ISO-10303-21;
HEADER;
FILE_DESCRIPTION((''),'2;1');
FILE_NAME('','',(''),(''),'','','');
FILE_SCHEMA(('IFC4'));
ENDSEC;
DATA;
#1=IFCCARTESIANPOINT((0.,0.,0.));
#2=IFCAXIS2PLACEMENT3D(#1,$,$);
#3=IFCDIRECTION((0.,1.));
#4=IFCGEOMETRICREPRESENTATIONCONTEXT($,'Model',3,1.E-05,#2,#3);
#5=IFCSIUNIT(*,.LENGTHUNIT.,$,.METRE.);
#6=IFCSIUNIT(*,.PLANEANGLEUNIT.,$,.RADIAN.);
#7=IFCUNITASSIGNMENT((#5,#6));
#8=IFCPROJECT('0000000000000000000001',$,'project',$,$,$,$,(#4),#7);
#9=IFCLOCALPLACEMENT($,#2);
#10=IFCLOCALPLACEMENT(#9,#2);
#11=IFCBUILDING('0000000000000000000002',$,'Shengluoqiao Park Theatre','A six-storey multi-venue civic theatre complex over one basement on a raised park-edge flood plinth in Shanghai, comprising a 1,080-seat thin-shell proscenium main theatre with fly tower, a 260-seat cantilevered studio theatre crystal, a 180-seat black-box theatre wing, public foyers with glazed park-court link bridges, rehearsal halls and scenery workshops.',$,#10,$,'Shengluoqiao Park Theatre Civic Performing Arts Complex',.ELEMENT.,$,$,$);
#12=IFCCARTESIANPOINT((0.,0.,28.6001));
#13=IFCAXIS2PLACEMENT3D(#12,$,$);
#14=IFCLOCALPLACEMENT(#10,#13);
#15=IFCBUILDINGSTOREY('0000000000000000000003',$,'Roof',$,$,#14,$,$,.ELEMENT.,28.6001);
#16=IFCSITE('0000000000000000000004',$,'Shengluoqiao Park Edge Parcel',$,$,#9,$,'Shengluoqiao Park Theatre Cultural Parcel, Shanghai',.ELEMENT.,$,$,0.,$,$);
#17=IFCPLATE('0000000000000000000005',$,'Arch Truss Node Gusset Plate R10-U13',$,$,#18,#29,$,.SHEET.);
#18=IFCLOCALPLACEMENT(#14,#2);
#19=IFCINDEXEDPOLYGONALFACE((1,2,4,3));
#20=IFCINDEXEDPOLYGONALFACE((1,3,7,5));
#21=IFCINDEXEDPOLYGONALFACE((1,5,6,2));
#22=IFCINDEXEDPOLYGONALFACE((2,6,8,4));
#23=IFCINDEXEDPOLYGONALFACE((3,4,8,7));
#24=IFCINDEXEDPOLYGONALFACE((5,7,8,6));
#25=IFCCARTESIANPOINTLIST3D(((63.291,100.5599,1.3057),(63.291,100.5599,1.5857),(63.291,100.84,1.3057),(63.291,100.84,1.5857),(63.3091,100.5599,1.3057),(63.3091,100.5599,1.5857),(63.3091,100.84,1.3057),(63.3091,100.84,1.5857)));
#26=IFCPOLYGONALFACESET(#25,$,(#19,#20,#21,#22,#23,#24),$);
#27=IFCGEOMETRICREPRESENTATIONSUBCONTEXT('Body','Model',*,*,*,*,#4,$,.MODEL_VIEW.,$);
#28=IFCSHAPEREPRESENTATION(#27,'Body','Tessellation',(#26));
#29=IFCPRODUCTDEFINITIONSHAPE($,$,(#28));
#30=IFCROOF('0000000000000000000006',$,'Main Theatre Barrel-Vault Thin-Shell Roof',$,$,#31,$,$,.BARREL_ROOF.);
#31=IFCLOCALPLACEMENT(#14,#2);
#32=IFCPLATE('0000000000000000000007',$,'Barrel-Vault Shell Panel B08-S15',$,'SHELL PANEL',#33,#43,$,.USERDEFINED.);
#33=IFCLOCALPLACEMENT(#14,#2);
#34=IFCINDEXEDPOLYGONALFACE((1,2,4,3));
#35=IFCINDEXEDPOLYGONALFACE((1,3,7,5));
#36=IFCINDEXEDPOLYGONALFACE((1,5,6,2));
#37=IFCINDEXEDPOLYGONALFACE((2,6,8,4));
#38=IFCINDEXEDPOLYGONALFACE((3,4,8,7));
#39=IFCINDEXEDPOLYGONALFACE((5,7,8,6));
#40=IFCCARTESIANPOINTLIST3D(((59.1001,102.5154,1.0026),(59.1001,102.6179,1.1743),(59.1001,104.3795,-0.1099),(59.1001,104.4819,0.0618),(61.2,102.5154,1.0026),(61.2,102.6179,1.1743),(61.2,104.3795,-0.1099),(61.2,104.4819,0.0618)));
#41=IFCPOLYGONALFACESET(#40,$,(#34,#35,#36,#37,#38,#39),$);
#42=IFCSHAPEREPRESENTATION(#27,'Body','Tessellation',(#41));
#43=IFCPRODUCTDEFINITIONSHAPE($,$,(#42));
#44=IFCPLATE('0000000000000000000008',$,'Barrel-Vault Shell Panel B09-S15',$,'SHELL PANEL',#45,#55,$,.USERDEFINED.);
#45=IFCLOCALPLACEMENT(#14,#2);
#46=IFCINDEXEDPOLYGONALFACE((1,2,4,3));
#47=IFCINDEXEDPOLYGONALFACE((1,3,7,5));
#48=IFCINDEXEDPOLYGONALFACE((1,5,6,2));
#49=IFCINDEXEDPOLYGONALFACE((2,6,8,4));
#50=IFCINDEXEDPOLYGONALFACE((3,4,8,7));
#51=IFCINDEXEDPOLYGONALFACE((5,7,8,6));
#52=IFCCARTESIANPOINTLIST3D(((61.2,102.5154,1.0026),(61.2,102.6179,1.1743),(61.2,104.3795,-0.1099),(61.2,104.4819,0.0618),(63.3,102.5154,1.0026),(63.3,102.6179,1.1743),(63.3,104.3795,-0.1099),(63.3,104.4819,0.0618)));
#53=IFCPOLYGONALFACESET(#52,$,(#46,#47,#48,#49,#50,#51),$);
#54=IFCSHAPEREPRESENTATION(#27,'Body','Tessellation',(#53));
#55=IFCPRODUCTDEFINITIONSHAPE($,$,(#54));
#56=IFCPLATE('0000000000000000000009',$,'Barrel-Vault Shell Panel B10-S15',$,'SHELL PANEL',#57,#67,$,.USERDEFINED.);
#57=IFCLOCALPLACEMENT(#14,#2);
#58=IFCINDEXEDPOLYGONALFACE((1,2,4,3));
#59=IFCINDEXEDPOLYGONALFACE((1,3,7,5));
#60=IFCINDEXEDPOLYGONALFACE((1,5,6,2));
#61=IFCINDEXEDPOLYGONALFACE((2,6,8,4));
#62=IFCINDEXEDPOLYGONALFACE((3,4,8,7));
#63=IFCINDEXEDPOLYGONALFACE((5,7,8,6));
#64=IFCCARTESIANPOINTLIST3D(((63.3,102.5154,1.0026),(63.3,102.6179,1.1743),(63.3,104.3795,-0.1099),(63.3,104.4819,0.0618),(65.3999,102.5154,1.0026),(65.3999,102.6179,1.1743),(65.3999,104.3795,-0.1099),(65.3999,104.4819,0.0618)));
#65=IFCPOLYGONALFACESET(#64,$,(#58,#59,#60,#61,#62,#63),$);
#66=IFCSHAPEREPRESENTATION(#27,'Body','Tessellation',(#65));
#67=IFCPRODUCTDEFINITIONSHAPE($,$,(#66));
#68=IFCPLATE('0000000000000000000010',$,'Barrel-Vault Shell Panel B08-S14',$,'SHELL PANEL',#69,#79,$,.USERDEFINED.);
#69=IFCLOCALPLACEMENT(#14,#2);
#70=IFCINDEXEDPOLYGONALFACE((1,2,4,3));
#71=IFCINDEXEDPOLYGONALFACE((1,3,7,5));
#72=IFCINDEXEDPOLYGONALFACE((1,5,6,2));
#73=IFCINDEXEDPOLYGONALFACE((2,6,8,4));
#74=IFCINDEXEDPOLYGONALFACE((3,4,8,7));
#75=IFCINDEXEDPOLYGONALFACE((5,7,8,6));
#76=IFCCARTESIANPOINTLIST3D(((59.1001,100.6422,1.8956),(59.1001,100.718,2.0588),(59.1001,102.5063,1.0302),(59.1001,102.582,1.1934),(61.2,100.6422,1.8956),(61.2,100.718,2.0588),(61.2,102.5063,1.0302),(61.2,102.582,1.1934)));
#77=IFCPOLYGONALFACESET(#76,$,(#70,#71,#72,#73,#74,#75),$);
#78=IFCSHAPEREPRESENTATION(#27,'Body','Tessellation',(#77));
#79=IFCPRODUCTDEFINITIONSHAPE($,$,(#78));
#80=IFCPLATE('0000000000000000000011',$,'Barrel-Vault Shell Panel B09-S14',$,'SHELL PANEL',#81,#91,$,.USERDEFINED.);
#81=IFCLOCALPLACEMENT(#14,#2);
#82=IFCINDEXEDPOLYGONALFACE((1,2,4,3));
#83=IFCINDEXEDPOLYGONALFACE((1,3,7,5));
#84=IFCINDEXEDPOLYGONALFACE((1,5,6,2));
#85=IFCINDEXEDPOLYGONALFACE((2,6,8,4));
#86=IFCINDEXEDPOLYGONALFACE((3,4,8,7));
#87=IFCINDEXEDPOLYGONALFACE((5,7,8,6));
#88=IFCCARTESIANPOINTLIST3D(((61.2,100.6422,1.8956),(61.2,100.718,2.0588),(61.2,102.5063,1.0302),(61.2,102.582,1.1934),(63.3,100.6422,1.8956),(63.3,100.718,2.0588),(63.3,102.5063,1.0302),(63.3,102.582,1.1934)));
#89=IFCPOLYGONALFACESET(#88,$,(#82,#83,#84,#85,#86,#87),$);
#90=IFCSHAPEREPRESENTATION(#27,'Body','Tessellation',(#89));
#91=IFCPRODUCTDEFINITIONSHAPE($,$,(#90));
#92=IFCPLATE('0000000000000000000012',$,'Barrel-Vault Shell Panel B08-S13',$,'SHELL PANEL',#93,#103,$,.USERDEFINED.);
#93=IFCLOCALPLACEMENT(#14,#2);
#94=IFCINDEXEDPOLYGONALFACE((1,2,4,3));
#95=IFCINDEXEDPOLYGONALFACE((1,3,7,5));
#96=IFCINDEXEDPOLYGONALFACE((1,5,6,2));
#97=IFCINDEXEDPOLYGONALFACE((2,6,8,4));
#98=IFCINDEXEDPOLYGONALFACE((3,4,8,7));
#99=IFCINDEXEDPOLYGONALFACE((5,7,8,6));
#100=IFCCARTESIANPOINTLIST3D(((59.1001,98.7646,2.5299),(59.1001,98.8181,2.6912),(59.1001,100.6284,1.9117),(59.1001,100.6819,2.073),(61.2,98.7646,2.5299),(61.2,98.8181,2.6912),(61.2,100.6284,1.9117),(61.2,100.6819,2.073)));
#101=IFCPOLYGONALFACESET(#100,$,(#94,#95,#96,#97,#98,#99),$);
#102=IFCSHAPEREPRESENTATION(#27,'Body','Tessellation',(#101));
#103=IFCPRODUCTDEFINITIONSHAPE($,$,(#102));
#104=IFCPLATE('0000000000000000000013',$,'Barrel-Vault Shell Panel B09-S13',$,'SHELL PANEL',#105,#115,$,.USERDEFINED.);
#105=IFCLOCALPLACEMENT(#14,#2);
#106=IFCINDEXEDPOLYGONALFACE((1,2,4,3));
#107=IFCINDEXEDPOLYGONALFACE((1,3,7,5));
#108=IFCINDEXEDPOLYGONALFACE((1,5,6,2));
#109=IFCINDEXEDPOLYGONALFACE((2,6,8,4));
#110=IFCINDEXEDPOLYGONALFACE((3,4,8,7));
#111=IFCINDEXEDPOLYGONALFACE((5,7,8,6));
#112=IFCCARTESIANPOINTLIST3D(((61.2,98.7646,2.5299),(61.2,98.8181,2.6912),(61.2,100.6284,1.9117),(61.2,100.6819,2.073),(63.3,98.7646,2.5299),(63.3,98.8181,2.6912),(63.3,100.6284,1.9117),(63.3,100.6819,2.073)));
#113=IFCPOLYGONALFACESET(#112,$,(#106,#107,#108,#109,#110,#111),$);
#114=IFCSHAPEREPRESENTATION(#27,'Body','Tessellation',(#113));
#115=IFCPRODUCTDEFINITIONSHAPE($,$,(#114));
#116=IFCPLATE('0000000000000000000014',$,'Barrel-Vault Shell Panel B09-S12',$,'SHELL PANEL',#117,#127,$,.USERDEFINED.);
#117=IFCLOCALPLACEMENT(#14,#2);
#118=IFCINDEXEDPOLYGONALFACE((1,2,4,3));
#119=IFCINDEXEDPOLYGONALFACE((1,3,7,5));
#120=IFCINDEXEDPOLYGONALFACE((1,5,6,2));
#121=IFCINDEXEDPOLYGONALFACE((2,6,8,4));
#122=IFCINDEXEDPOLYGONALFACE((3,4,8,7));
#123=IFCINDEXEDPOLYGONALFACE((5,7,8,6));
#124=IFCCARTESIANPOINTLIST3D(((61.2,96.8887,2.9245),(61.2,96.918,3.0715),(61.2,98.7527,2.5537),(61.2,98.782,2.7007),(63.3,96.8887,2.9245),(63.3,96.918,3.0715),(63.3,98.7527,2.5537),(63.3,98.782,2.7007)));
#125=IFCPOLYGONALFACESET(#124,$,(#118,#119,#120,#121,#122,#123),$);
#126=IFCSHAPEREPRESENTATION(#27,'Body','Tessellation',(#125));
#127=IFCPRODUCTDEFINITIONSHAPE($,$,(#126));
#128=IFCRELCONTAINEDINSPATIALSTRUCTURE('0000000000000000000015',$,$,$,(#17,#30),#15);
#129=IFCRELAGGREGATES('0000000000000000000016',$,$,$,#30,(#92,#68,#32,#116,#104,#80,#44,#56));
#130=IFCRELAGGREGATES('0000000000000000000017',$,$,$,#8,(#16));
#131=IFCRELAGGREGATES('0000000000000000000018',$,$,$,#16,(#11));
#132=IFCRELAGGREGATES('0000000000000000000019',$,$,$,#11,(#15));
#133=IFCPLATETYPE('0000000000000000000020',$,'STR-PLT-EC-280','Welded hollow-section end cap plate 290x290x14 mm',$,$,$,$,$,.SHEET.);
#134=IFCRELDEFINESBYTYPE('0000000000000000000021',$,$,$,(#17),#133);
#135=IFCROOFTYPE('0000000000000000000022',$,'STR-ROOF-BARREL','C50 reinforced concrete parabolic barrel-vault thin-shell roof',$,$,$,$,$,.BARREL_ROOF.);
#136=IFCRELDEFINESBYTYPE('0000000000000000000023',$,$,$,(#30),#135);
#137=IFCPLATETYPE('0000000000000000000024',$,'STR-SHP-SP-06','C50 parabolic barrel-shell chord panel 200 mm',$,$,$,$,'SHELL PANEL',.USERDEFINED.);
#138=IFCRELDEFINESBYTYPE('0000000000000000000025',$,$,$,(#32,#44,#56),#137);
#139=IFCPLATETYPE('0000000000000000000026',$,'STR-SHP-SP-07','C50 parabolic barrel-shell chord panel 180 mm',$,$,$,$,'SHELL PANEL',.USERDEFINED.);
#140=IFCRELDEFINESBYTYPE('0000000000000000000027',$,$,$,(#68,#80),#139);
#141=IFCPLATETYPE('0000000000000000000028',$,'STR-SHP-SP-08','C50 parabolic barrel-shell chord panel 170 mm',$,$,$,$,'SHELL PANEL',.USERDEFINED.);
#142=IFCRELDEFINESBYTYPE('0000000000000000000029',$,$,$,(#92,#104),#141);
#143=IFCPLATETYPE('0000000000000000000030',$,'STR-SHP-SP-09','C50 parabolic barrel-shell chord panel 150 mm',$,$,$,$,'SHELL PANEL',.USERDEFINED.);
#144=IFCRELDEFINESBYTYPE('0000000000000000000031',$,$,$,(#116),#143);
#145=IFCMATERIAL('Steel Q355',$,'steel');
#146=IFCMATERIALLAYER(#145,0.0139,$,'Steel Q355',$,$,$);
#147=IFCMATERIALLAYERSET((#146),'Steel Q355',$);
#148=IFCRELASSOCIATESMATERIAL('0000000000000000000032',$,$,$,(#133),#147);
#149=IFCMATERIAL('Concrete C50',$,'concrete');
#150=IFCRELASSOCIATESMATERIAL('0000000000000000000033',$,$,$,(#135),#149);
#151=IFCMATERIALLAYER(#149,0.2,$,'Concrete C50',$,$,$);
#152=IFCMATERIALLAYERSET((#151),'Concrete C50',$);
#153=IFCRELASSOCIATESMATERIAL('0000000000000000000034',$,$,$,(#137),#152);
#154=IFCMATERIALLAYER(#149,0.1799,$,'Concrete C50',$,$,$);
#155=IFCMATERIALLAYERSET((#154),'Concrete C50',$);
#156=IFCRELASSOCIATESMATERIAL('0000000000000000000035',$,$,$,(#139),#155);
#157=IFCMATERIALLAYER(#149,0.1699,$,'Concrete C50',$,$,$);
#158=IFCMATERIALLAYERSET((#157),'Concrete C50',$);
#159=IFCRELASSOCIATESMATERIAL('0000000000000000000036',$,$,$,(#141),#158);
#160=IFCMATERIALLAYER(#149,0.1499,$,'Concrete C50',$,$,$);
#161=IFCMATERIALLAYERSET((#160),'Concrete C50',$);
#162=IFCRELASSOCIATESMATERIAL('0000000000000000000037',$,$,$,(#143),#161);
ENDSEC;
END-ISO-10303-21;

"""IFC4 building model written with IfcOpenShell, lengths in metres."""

from ifc_helpers import new_model, si_unit, direction, frame, origin, origin_2d, place, context, subcontext, project, spatial, polyline, rectangle, outline, extrude, material, layer, layer_set, type_object, element, aggregate, save


model = new_model("IFC4")

# Units and contexts
model_context = context("Model", 3, precision=1e-05, world=origin(), true_north=direction((0.0, 1.0)))
body_context = subcontext(model_context, "Body", "Model", "MODEL_VIEW")
ifc_project = project(units=[si_unit("LENGTHUNIT", "METRE"), si_unit("PLANEANGLEUNIT", "RADIAN")], contexts=[model_context])

# Site, building, storey
site_placement = place(None, origin())
site = spatial("IfcSite", under=ifc_project, at=site_placement, Name="Shengluoqiao Park Edge Parcel", LongName="Shengluoqiao Park Theatre Cultural Parcel, Shanghai", CompositionType="ELEMENT", RefElevation=0.0)
building_placement = place(site_placement, origin())
building = spatial("IfcBuilding", under=site, at=building_placement, Name="Shengluoqiao Park Theatre", Description="A six-storey multi-venue civic theatre complex over one basement on a raised park-edge flood plinth in Shanghai, comprising a 1,080-seat thin-shell proscenium main theatre with fly tower, a 260-seat cantilevered studio theatre crystal, a 180-seat black-box theatre wing, public foyers with glazed park-court link bridges, rehearsal halls and scenery workshops.", LongName="Shengluoqiao Park Theatre Civic Performing Arts Complex", CompositionType="ELEMENT")
storey_placement = place(building_placement, frame((0.0, 0.0, 28.6001)))
storey = spatial("IfcBuildingStorey", under=building, at=storey_placement, Name="Roof", CompositionType="ELEMENT", Elevation=28.6001)

# Shared definitions
ifc_material_1 = material(Name="Concrete C50", Category="concrete")

# Shared definitions
ifc_material_2 = material(Name="Steel Q355", Category="steel")

# Plate
ifc_layer_1 = layer(ifc_material_2, 0.0139, Name="Steel Q355")
ifc_layer_set_1 = layer_set([ifc_layer_1], Name="Steel Q355")
plate_type_1 = type_object("IfcPlateType", Name="STR-PLT-EC-280", Description="Welded hollow-section end cap plate 290x290x14 mm", PredefinedType="SHEET", material=ifc_layer_set_1)
for number, where, z_axis, x_axis, name in (
    (1, (63.3, 100.7, 1.3057), (0.0, 0.0, 1.0), (1.0, 0.0, 0.0), "Arch Truss Node Gusset Plate R10-U13"),
):
    element("IfcPlate", number, at=place(storey_placement, frame(where, z_axis=z_axis, x_axis=x_axis)), inside=storey, type_object=plate_type_1, Name=name, PredefinedType="SHEET", context=body_context, shape_type="SweptSolid", body=[
        extrude(rectangle(XDim=0.0181, YDim=0.28, at=origin_2d()), origin(), (0.0, 0.0, 1.0), 0.28),
    ])

# Roof, plates
roof_type = type_object("IfcRoofType", Name="STR-ROOF-BARREL", Description="C50 reinforced concrete parabolic barrel-vault thin-shell roof", PredefinedType="BARREL_ROOF", material=ifc_material_1)
roof_placement = place(storey_placement, origin())
roof = element("IfcRoof", 2, at=roof_placement, inside=storey, type_object=roof_type, Name="Main Theatre Barrel-Vault Thin-Shell Roof", PredefinedType="BARREL_ROOF")
ifc_layer_2 = layer(ifc_material_1, 0.2, Name="Concrete C50")
ifc_layer_set_2 = layer_set([ifc_layer_2], Name="Concrete C50")
plate_type_2 = type_object("IfcPlateType", Name="STR-SHP-SP-06", Description="C50 parabolic barrel-shell chord panel 200 mm", ElementType="SHELL PANEL", PredefinedType="USERDEFINED", material=ifc_layer_set_2)
plate_1_placement = place(storey_placement, frame((59.1001, 102.6179, 1.1743), z_axis=(0.0, 0.51251, 0.858681), x_axis=(1.0, 0.0, 0.0)))
plate_1 = element("IfcPlate", 3, at=plate_1_placement, type_object=plate_type_2, Name="Barrel-Vault Shell Panel B08-S15", ObjectType="SHELL PANEL", PredefinedType="USERDEFINED", context=body_context, shape_type="SweptSolid", body=[
    extrude(outline(polyline([(0.0, 0.0), (2.0999, 0.0), (2.0999, 2.1708), (0.0, 2.1708), (0.0, 0.0)])), origin(), (0.0, 0.0, -1.0), 0.2),
])
plate_2_placement = place(storey_placement, frame((61.2, 102.6179, 1.1743), z_axis=(0.0, 0.51251, 0.858681), x_axis=(1.0, 0.0, 0.0)))
plate_2 = element("IfcPlate", 4, at=plate_2_placement, type_object=plate_type_2, Name="Barrel-Vault Shell Panel B09-S15", ObjectType="SHELL PANEL", PredefinedType="USERDEFINED", context=body_context, shape_type="SweptSolid", body=[
    extrude(outline(polyline([(0.0, 0.0), (2.1001, 0.0), (2.1001, 2.1708), (0.0, 2.1708), (0.0, 0.0)])), origin(), (0.0, 0.0, -1.0), 0.2),
])
plate_3_placement = place(storey_placement, frame((63.3, 102.6179, 1.1743), z_axis=(0.0, 0.51251, 0.858681), x_axis=(1.0, 0.0, 0.0)))
plate_3 = element("IfcPlate", 5, at=plate_3_placement, type_object=plate_type_2, Name="Barrel-Vault Shell Panel B10-S15", ObjectType="SHELL PANEL", PredefinedType="USERDEFINED", context=body_context, shape_type="SweptSolid", body=[
    extrude(outline(polyline([(0.0, 0.0), (2.0999, 0.0), (2.0999, 2.1708), (0.0, 2.1708), (0.0, 0.0)])), origin(), (0.0, 0.0, -1.0), 0.2),
])
ifc_layer_3 = layer(ifc_material_1, 0.1799, Name="Concrete C50")
ifc_layer_set_3 = layer_set([ifc_layer_3], Name="Concrete C50")
plate_type_3 = type_object("IfcPlateType", Name="STR-SHP-SP-07", Description="C50 parabolic barrel-shell chord panel 180 mm", ElementType="SHELL PANEL", PredefinedType="USERDEFINED", material=ifc_layer_set_3)
plate_4_placement = place(storey_placement, frame((59.1001, 100.718, 2.0588), z_axis=(0.0, 0.421129, 0.907001), x_axis=(1.0, 0.0, 0.0)))
plate_4 = element("IfcPlate", 6, at=plate_4_placement, type_object=plate_type_3, Name="Barrel-Vault Shell Panel B08-S14", ObjectType="SHELL PANEL", PredefinedType="USERDEFINED", context=body_context, shape_type="SweptSolid", body=[
    extrude(outline(polyline([(0.0, 0.0), (2.0999, 0.0), (2.0999, 2.0551), (0.0, 2.0551), (0.0, 0.0)])), origin(), (0.0, 0.0, -1.0), 0.1799),
])
plate_5_placement = place(storey_placement, frame((61.2, 100.718, 2.0588), z_axis=(0.0, 0.421129, 0.907001), x_axis=(1.0, 0.0, 0.0)))
plate_5 = element("IfcPlate", 7, at=plate_5_placement, type_object=plate_type_3, Name="Barrel-Vault Shell Panel B09-S14", ObjectType="SHELL PANEL", PredefinedType="USERDEFINED", context=body_context, shape_type="SweptSolid", body=[
    extrude(outline(polyline([(0.0, 0.0), (2.1001, 0.0), (2.1001, 2.0551), (0.0, 2.0551), (0.0, 0.0)])), origin(), (0.0, 0.0, -1.0), 0.1799),
])
ifc_layer_4 = layer(ifc_material_1, 0.1699, Name="Concrete C50")
ifc_layer_set_4 = layer_set([ifc_layer_4], Name="Concrete C50")
plate_type_4 = type_object("IfcPlateType", Name="STR-SHP-SP-08", Description="C50 parabolic barrel-shell chord panel 170 mm", ElementType="SHELL PANEL", PredefinedType="USERDEFINED", material=ifc_layer_set_4)
plate_6_placement = place(storey_placement, frame((59.1001, 98.8181, 2.6912), z_axis=(0.0, 0.31481, 0.949155), x_axis=(1.0, 0.0, 0.0)))
plate_6 = element("IfcPlate", 8, at=plate_6_placement, type_object=plate_type_4, Name="Barrel-Vault Shell Panel B08-S13", ObjectType="SHELL PANEL", PredefinedType="USERDEFINED", context=body_context, shape_type="SweptSolid", body=[
    extrude(outline(polyline([(0.0, 0.0), (2.0999, 0.0), (2.0999, 1.9636), (0.0, 1.9636), (0.0, 0.0)])), origin(), (0.0, 0.0, -1.0), 0.1699),
])
plate_7_placement = place(storey_placement, frame((61.2, 98.8181, 2.6912), z_axis=(0.0, 0.31481, 0.949155), x_axis=(1.0, 0.0, 0.0)))
plate_7 = element("IfcPlate", 9, at=plate_7_placement, type_object=plate_type_4, Name="Barrel-Vault Shell Panel B09-S13", ObjectType="SHELL PANEL", PredefinedType="USERDEFINED", context=body_context, shape_type="SweptSolid", body=[
    extrude(outline(polyline([(0.0, 0.0), (2.1001, 0.0), (2.1001, 1.9636), (0.0, 1.9636), (0.0, 0.0)])), origin(), (0.0, 0.0, -1.0), 0.1699),
])
ifc_layer_5 = layer(ifc_material_1, 0.1499, Name="Concrete C50")
ifc_layer_set_5 = layer_set([ifc_layer_5], Name="Concrete C50")
plate_type_5 = type_object("IfcPlateType", Name="STR-SHP-SP-09", Description="C50 parabolic barrel-shell chord panel 150 mm", ElementType="SHELL PANEL", PredefinedType="USERDEFINED", material=ifc_layer_set_5)
plate_8_placement = place(storey_placement, frame((61.2, 96.918, 3.0715), z_axis=(0.0, 0.195128, 0.980778), x_axis=(1.0, 0.0, 0.0)))
plate_8 = element("IfcPlate", 10, at=plate_8_placement, type_object=plate_type_5, Name="Barrel-Vault Shell Panel B09-S12", ObjectType="SHELL PANEL", PredefinedType="USERDEFINED", context=body_context, shape_type="SweptSolid", body=[
    extrude(outline(polyline([(0.0, 0.0), (2.1001, 0.0), (2.1001, 1.9005), (0.0, 1.9005), (0.0, 0.0)])), origin(), (0.0, 0.0, -1.0), 0.1499),
])
aggregate(roof, [plate_6, plate_4, plate_1, plate_8, plate_7, plate_5, plate_2, plate_3])

save(model, "model.ifc")
